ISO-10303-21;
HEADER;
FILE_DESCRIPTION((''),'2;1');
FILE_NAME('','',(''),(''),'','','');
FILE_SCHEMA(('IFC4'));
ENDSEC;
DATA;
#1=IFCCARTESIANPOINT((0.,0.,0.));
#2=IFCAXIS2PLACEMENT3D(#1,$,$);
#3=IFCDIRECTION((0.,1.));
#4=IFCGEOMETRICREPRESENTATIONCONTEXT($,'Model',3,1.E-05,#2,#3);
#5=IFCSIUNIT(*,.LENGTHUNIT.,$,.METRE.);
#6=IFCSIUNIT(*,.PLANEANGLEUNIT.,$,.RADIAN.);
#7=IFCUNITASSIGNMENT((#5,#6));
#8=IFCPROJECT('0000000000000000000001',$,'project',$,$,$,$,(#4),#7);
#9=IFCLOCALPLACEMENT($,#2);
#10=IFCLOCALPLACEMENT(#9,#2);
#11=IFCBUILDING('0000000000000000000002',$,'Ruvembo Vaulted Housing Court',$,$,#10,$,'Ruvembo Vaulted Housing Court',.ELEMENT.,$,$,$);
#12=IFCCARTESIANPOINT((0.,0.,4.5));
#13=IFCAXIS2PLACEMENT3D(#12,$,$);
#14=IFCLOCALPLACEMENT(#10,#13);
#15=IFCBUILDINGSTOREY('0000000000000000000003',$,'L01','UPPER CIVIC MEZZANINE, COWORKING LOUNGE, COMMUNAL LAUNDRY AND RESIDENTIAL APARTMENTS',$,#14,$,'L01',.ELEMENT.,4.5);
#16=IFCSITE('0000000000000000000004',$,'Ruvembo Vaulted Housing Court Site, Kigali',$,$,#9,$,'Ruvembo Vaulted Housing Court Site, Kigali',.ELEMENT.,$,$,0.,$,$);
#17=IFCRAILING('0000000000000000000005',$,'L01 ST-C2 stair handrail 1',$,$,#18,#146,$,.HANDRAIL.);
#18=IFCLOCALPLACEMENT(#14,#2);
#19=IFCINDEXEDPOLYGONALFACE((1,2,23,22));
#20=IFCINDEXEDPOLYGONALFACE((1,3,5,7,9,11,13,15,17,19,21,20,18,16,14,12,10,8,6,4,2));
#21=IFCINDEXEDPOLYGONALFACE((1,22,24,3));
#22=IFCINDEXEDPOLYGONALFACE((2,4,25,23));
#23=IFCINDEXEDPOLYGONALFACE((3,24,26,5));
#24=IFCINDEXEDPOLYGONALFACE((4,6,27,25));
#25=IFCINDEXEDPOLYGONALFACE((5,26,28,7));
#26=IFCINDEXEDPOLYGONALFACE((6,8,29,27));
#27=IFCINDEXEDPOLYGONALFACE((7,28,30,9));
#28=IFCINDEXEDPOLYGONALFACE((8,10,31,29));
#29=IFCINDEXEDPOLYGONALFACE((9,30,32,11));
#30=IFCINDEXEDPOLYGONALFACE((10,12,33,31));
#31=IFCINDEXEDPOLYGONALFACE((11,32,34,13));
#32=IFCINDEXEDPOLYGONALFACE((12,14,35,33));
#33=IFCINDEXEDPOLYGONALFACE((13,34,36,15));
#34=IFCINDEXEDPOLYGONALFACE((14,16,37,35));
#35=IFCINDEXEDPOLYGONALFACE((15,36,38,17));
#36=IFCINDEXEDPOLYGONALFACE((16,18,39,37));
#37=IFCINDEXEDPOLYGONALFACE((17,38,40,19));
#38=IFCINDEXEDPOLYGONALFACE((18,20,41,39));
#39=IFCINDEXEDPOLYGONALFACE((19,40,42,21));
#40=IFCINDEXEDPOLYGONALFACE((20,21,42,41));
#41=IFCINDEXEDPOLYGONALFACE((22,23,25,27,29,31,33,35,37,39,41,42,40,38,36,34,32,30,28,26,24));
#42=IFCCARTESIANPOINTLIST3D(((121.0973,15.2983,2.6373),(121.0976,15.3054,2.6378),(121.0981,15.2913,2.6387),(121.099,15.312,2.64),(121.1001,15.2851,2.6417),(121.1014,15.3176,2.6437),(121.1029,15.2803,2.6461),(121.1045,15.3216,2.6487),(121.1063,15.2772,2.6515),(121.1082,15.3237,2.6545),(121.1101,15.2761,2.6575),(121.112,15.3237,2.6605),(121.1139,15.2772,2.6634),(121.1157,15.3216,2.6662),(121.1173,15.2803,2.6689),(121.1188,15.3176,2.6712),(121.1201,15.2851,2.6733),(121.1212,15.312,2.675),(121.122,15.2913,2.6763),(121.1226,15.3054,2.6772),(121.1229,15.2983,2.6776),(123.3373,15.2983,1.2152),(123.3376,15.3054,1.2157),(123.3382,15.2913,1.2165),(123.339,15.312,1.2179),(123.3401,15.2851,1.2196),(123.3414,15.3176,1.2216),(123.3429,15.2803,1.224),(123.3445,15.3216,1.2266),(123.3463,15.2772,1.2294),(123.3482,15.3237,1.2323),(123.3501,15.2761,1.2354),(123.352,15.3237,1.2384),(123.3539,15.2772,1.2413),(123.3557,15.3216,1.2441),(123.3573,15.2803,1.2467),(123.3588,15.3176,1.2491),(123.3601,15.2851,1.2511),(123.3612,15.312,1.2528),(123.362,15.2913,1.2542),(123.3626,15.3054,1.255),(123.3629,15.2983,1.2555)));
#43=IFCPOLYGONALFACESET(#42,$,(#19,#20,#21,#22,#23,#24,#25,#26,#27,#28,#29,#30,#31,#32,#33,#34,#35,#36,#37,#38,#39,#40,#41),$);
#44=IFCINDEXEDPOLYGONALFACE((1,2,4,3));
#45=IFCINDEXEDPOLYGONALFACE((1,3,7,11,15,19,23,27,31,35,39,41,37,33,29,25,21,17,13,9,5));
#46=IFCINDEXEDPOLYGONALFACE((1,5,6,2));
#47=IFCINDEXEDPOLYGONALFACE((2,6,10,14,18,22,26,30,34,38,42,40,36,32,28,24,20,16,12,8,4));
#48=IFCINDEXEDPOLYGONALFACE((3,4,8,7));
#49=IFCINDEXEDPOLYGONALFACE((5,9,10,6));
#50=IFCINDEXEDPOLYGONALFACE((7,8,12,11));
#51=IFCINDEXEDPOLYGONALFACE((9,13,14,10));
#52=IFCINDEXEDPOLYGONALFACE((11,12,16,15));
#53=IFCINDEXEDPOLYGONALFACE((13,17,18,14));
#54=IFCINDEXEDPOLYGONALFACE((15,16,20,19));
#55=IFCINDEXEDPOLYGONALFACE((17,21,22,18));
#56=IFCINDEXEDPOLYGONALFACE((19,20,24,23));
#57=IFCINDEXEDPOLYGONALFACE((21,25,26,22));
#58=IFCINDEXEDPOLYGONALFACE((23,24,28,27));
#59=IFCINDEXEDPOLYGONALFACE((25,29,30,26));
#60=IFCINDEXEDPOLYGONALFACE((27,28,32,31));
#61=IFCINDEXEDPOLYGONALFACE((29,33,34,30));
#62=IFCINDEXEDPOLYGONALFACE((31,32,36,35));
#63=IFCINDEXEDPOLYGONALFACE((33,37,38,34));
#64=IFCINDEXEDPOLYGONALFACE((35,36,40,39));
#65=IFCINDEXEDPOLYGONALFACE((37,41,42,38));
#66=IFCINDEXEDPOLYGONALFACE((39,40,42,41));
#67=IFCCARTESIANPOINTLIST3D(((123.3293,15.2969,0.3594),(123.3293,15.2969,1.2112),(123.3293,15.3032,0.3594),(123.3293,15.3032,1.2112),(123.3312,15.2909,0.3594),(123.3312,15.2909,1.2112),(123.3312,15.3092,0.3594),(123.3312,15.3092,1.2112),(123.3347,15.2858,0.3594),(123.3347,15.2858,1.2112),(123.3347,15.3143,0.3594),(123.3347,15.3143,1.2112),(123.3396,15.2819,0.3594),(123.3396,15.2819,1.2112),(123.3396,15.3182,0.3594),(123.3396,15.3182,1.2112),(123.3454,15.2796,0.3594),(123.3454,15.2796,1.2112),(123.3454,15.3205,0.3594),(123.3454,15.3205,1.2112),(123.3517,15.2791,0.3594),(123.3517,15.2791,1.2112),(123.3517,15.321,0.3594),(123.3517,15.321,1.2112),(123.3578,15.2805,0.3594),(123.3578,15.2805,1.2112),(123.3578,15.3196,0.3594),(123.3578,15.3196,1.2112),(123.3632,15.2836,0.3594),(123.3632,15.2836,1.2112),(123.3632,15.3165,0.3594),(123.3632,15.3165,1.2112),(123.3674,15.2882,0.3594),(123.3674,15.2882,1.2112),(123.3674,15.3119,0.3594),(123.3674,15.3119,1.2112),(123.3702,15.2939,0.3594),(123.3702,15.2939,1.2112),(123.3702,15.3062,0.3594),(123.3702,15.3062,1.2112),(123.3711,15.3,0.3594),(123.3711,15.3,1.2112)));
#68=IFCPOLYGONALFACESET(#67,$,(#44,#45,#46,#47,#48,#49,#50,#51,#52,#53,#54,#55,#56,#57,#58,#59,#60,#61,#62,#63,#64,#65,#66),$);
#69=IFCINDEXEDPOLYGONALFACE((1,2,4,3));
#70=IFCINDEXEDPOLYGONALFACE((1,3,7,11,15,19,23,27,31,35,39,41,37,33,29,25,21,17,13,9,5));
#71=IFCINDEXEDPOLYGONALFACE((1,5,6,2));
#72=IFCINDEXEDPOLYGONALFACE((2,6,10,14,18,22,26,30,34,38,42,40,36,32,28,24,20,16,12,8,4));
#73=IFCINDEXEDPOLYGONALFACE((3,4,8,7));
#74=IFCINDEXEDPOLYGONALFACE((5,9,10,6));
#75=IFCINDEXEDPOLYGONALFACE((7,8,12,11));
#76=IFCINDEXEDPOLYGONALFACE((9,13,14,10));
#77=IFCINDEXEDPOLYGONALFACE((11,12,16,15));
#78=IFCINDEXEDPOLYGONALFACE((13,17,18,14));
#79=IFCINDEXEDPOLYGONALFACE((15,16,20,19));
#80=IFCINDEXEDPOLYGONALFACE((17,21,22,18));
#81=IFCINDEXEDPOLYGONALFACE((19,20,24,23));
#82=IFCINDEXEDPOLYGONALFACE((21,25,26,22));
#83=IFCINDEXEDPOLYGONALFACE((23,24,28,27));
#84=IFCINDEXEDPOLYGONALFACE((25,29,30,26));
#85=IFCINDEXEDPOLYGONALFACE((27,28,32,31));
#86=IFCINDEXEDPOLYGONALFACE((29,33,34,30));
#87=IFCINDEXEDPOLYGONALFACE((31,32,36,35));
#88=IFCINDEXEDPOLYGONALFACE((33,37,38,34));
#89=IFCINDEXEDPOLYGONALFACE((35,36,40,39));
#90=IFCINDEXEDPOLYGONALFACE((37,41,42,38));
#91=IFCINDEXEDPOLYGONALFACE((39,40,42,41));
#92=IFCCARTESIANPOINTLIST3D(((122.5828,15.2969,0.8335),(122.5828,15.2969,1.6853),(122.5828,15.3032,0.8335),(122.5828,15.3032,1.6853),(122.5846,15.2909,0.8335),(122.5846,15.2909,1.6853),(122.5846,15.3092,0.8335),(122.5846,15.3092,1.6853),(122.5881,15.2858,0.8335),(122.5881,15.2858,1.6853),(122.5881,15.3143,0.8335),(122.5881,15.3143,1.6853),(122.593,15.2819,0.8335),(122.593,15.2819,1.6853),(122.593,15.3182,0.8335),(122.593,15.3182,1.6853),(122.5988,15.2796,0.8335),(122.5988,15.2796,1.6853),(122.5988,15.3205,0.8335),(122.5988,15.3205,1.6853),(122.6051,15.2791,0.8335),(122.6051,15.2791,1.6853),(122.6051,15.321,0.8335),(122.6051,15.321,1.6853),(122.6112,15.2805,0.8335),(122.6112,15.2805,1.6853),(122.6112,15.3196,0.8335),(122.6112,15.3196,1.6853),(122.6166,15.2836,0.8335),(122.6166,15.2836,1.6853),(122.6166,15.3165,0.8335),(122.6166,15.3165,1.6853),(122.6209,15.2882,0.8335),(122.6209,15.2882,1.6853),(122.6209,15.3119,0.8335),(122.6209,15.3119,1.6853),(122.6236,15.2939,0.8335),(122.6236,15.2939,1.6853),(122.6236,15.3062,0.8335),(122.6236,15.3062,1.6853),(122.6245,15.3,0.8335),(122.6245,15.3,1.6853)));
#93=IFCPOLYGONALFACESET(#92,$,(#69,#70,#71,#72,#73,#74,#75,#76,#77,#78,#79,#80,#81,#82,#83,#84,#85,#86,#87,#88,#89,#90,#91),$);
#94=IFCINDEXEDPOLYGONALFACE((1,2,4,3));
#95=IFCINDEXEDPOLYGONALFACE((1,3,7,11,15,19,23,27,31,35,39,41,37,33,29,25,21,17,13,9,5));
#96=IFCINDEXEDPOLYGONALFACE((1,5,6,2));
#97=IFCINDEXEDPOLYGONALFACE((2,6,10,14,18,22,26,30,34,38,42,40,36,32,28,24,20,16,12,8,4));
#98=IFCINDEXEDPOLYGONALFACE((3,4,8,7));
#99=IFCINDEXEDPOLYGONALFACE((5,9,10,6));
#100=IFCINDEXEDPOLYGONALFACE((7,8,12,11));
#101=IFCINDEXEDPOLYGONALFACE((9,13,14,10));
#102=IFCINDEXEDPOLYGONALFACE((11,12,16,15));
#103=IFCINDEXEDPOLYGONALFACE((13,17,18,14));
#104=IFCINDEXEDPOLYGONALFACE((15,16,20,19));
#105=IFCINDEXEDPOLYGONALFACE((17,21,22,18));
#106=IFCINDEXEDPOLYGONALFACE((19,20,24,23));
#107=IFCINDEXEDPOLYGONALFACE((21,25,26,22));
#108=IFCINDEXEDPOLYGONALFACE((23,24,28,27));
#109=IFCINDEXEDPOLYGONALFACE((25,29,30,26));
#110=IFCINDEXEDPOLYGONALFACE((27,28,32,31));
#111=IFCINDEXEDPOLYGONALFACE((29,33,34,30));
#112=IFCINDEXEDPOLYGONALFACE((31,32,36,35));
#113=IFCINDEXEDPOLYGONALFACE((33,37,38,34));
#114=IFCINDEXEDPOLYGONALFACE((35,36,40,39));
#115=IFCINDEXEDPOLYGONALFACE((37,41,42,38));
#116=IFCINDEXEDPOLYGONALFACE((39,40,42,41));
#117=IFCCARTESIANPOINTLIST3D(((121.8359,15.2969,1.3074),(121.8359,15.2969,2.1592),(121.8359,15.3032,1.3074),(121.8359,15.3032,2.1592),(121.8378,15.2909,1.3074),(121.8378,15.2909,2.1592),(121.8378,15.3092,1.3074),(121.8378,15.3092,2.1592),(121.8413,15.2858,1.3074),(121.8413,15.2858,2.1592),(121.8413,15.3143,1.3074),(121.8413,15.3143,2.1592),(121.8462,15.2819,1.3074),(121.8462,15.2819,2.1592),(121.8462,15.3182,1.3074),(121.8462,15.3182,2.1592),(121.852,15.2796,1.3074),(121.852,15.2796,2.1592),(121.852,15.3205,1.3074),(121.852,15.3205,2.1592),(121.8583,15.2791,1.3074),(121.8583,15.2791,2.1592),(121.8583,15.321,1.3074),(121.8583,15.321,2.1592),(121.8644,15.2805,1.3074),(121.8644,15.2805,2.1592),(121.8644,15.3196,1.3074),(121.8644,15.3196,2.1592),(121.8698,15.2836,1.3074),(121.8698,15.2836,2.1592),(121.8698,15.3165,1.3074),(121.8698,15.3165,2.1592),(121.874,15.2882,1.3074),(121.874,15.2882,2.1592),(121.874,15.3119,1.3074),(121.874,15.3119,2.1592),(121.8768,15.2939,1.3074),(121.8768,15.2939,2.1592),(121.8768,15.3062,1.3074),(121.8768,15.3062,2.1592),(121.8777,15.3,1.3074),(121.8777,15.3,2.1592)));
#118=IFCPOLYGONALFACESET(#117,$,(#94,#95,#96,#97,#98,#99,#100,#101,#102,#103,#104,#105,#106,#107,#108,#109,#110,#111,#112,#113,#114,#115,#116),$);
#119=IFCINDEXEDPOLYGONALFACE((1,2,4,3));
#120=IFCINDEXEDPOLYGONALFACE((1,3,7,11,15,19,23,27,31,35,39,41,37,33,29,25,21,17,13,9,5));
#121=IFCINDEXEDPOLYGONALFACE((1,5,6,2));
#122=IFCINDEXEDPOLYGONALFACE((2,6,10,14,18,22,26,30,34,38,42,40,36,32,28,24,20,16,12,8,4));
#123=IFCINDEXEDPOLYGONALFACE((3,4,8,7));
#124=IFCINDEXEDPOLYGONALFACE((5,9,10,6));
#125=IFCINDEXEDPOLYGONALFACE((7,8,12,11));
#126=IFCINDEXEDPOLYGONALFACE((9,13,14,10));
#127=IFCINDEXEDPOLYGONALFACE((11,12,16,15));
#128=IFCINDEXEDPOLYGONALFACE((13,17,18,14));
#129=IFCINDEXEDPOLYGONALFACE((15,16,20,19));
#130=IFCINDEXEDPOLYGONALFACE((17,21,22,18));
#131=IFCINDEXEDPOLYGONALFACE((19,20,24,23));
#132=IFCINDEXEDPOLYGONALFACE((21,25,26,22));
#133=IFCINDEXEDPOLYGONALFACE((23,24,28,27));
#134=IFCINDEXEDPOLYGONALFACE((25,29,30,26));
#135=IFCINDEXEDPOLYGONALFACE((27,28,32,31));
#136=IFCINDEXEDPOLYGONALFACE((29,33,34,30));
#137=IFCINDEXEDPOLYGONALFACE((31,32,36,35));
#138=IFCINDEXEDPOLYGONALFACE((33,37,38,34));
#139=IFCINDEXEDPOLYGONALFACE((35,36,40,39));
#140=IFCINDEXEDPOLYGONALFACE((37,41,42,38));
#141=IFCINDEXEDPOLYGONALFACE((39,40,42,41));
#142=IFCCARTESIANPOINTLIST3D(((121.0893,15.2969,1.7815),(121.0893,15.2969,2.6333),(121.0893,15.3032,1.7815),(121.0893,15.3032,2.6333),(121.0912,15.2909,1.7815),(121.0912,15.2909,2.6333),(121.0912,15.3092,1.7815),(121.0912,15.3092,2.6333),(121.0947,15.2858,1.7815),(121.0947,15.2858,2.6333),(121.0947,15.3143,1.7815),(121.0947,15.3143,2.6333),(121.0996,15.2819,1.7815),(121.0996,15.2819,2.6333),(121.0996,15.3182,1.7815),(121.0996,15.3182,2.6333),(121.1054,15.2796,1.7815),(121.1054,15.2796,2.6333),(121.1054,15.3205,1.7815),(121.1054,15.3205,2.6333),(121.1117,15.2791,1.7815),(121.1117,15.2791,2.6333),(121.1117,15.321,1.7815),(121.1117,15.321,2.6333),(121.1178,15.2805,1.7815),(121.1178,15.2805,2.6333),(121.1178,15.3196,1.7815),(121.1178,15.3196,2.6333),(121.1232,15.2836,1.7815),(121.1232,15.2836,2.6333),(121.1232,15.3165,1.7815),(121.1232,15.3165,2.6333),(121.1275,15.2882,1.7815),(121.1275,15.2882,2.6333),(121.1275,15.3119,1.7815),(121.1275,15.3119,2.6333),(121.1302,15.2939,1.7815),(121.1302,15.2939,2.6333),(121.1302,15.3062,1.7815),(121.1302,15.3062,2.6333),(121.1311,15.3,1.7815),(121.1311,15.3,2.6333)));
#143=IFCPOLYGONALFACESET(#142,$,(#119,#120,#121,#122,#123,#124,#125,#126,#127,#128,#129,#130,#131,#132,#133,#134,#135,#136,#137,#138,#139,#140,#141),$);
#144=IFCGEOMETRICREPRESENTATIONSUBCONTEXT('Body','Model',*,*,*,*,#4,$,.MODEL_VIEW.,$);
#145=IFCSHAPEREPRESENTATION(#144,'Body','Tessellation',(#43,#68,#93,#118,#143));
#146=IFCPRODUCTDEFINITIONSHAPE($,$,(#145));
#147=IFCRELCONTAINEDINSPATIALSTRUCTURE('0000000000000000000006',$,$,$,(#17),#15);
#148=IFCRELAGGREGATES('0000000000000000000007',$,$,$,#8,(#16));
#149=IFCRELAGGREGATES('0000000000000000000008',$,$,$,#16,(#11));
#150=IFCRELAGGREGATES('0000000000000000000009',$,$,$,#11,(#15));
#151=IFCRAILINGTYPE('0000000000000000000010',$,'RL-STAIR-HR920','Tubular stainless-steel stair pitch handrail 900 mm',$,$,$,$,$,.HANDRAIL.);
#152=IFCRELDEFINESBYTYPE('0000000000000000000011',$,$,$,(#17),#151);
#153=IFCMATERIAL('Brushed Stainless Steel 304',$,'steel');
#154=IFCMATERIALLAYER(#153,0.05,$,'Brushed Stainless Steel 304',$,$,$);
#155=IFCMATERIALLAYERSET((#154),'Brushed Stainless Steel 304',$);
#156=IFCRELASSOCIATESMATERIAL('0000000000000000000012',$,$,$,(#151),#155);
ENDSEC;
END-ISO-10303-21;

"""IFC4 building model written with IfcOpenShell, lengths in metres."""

from ifc_helpers import new_model, si_unit, direction, frame, origin, origin_2d, place, context, subcontext, project, spatial, circle, extrude, material, layer, layer_set, type_object, element, save


model = new_model("IFC4")

# Units and contexts
model_context = context("Model", 3, precision=1e-05, world=origin(), true_north=direction((0.0, 1.0)))
body_context = subcontext(model_context, "Body", "Model", "MODEL_VIEW")
ifc_project = project(units=[si_unit("LENGTHUNIT", "METRE"), si_unit("PLANEANGLEUNIT", "RADIAN")], contexts=[model_context])

# Site, building, storey
site_placement = place(None, origin())
site = spatial("IfcSite", under=ifc_project, at=site_placement, Name="Ruvembo Vaulted Housing Court Site, Kigali", LongName="Ruvembo Vaulted Housing Court Site, Kigali", CompositionType="ELEMENT", RefElevation=0.0)
building_placement = place(site_placement, origin())
building = spatial("IfcBuilding", under=site, at=building_placement, Name="Ruvembo Vaulted Housing Court", LongName="Ruvembo Vaulted Housing Court", CompositionType="ELEMENT")
storey_placement = place(building_placement, frame((0.0, 0.0, 4.5)))
storey = spatial("IfcBuildingStorey", under=building, at=storey_placement, Name="L01", Description="UPPER CIVIC MEZZANINE, COWORKING LOUNGE, COMMUNAL LAUNDRY AND RESIDENTIAL APARTMENTS", LongName="L01", CompositionType="ELEMENT", Elevation=4.5)

# Shared definitions
ifc_material_1 = material(Name="Brushed Stainless Steel 304", Category="steel")

# Railing
ifc_layer_1 = layer(ifc_material_1, 0.05, Name="Brushed Stainless Steel 304")
ifc_layer_set_1 = layer_set([ifc_layer_1], Name="Brushed Stainless Steel 304")
railing_type_1 = type_object("IfcRailingType", Name="RL-STAIR-HR920", Description="Tubular stainless-steel stair pitch handrail 900 mm", PredefinedType="HANDRAIL", material=ifc_layer_set_1)
for number, where, name in (
    (1, (123.3501, 15.3, 0.3594), "L01 ST-C2 stair handrail 1"),
):
    element("IfcRailing", number, at=place(storey_placement, frame(where)), inside=storey, type_object=railing_type_1, Name=name, PredefinedType="HANDRAIL", context=body_context, shape_type="SweptSolid", body=[
        extrude(circle(Radius=0.0239, at=origin_2d()), frame((0.0, 0.0, 0.876), z_axis=(-0.844229, 0.0, 0.535982), x_axis=(0.0, -1.0, 0.0)), (0.0, 0.0, 1.0), 2.6533),
        extrude(circle(Radius=0.021, at=origin_2d()), origin(), (0.0, 0.0, 1.0), 0.8518),
        extrude(circle(Radius=0.021, at=origin_2d()), frame((-0.7466, 0.0, 0.4741)), (0.0, 0.0, 1.0), 0.8518),
        extrude(circle(Radius=0.021, at=origin_2d()), frame((-1.4934, 0.0, 0.948)), (0.0, 0.0, 1.0), 0.8518),
        extrude(circle(Radius=0.021, at=origin_2d()), frame((-2.24, 0.0, 1.4221)), (0.0, 0.0, 1.0), 0.8518),
    ])

save(model, "model.ifc")
